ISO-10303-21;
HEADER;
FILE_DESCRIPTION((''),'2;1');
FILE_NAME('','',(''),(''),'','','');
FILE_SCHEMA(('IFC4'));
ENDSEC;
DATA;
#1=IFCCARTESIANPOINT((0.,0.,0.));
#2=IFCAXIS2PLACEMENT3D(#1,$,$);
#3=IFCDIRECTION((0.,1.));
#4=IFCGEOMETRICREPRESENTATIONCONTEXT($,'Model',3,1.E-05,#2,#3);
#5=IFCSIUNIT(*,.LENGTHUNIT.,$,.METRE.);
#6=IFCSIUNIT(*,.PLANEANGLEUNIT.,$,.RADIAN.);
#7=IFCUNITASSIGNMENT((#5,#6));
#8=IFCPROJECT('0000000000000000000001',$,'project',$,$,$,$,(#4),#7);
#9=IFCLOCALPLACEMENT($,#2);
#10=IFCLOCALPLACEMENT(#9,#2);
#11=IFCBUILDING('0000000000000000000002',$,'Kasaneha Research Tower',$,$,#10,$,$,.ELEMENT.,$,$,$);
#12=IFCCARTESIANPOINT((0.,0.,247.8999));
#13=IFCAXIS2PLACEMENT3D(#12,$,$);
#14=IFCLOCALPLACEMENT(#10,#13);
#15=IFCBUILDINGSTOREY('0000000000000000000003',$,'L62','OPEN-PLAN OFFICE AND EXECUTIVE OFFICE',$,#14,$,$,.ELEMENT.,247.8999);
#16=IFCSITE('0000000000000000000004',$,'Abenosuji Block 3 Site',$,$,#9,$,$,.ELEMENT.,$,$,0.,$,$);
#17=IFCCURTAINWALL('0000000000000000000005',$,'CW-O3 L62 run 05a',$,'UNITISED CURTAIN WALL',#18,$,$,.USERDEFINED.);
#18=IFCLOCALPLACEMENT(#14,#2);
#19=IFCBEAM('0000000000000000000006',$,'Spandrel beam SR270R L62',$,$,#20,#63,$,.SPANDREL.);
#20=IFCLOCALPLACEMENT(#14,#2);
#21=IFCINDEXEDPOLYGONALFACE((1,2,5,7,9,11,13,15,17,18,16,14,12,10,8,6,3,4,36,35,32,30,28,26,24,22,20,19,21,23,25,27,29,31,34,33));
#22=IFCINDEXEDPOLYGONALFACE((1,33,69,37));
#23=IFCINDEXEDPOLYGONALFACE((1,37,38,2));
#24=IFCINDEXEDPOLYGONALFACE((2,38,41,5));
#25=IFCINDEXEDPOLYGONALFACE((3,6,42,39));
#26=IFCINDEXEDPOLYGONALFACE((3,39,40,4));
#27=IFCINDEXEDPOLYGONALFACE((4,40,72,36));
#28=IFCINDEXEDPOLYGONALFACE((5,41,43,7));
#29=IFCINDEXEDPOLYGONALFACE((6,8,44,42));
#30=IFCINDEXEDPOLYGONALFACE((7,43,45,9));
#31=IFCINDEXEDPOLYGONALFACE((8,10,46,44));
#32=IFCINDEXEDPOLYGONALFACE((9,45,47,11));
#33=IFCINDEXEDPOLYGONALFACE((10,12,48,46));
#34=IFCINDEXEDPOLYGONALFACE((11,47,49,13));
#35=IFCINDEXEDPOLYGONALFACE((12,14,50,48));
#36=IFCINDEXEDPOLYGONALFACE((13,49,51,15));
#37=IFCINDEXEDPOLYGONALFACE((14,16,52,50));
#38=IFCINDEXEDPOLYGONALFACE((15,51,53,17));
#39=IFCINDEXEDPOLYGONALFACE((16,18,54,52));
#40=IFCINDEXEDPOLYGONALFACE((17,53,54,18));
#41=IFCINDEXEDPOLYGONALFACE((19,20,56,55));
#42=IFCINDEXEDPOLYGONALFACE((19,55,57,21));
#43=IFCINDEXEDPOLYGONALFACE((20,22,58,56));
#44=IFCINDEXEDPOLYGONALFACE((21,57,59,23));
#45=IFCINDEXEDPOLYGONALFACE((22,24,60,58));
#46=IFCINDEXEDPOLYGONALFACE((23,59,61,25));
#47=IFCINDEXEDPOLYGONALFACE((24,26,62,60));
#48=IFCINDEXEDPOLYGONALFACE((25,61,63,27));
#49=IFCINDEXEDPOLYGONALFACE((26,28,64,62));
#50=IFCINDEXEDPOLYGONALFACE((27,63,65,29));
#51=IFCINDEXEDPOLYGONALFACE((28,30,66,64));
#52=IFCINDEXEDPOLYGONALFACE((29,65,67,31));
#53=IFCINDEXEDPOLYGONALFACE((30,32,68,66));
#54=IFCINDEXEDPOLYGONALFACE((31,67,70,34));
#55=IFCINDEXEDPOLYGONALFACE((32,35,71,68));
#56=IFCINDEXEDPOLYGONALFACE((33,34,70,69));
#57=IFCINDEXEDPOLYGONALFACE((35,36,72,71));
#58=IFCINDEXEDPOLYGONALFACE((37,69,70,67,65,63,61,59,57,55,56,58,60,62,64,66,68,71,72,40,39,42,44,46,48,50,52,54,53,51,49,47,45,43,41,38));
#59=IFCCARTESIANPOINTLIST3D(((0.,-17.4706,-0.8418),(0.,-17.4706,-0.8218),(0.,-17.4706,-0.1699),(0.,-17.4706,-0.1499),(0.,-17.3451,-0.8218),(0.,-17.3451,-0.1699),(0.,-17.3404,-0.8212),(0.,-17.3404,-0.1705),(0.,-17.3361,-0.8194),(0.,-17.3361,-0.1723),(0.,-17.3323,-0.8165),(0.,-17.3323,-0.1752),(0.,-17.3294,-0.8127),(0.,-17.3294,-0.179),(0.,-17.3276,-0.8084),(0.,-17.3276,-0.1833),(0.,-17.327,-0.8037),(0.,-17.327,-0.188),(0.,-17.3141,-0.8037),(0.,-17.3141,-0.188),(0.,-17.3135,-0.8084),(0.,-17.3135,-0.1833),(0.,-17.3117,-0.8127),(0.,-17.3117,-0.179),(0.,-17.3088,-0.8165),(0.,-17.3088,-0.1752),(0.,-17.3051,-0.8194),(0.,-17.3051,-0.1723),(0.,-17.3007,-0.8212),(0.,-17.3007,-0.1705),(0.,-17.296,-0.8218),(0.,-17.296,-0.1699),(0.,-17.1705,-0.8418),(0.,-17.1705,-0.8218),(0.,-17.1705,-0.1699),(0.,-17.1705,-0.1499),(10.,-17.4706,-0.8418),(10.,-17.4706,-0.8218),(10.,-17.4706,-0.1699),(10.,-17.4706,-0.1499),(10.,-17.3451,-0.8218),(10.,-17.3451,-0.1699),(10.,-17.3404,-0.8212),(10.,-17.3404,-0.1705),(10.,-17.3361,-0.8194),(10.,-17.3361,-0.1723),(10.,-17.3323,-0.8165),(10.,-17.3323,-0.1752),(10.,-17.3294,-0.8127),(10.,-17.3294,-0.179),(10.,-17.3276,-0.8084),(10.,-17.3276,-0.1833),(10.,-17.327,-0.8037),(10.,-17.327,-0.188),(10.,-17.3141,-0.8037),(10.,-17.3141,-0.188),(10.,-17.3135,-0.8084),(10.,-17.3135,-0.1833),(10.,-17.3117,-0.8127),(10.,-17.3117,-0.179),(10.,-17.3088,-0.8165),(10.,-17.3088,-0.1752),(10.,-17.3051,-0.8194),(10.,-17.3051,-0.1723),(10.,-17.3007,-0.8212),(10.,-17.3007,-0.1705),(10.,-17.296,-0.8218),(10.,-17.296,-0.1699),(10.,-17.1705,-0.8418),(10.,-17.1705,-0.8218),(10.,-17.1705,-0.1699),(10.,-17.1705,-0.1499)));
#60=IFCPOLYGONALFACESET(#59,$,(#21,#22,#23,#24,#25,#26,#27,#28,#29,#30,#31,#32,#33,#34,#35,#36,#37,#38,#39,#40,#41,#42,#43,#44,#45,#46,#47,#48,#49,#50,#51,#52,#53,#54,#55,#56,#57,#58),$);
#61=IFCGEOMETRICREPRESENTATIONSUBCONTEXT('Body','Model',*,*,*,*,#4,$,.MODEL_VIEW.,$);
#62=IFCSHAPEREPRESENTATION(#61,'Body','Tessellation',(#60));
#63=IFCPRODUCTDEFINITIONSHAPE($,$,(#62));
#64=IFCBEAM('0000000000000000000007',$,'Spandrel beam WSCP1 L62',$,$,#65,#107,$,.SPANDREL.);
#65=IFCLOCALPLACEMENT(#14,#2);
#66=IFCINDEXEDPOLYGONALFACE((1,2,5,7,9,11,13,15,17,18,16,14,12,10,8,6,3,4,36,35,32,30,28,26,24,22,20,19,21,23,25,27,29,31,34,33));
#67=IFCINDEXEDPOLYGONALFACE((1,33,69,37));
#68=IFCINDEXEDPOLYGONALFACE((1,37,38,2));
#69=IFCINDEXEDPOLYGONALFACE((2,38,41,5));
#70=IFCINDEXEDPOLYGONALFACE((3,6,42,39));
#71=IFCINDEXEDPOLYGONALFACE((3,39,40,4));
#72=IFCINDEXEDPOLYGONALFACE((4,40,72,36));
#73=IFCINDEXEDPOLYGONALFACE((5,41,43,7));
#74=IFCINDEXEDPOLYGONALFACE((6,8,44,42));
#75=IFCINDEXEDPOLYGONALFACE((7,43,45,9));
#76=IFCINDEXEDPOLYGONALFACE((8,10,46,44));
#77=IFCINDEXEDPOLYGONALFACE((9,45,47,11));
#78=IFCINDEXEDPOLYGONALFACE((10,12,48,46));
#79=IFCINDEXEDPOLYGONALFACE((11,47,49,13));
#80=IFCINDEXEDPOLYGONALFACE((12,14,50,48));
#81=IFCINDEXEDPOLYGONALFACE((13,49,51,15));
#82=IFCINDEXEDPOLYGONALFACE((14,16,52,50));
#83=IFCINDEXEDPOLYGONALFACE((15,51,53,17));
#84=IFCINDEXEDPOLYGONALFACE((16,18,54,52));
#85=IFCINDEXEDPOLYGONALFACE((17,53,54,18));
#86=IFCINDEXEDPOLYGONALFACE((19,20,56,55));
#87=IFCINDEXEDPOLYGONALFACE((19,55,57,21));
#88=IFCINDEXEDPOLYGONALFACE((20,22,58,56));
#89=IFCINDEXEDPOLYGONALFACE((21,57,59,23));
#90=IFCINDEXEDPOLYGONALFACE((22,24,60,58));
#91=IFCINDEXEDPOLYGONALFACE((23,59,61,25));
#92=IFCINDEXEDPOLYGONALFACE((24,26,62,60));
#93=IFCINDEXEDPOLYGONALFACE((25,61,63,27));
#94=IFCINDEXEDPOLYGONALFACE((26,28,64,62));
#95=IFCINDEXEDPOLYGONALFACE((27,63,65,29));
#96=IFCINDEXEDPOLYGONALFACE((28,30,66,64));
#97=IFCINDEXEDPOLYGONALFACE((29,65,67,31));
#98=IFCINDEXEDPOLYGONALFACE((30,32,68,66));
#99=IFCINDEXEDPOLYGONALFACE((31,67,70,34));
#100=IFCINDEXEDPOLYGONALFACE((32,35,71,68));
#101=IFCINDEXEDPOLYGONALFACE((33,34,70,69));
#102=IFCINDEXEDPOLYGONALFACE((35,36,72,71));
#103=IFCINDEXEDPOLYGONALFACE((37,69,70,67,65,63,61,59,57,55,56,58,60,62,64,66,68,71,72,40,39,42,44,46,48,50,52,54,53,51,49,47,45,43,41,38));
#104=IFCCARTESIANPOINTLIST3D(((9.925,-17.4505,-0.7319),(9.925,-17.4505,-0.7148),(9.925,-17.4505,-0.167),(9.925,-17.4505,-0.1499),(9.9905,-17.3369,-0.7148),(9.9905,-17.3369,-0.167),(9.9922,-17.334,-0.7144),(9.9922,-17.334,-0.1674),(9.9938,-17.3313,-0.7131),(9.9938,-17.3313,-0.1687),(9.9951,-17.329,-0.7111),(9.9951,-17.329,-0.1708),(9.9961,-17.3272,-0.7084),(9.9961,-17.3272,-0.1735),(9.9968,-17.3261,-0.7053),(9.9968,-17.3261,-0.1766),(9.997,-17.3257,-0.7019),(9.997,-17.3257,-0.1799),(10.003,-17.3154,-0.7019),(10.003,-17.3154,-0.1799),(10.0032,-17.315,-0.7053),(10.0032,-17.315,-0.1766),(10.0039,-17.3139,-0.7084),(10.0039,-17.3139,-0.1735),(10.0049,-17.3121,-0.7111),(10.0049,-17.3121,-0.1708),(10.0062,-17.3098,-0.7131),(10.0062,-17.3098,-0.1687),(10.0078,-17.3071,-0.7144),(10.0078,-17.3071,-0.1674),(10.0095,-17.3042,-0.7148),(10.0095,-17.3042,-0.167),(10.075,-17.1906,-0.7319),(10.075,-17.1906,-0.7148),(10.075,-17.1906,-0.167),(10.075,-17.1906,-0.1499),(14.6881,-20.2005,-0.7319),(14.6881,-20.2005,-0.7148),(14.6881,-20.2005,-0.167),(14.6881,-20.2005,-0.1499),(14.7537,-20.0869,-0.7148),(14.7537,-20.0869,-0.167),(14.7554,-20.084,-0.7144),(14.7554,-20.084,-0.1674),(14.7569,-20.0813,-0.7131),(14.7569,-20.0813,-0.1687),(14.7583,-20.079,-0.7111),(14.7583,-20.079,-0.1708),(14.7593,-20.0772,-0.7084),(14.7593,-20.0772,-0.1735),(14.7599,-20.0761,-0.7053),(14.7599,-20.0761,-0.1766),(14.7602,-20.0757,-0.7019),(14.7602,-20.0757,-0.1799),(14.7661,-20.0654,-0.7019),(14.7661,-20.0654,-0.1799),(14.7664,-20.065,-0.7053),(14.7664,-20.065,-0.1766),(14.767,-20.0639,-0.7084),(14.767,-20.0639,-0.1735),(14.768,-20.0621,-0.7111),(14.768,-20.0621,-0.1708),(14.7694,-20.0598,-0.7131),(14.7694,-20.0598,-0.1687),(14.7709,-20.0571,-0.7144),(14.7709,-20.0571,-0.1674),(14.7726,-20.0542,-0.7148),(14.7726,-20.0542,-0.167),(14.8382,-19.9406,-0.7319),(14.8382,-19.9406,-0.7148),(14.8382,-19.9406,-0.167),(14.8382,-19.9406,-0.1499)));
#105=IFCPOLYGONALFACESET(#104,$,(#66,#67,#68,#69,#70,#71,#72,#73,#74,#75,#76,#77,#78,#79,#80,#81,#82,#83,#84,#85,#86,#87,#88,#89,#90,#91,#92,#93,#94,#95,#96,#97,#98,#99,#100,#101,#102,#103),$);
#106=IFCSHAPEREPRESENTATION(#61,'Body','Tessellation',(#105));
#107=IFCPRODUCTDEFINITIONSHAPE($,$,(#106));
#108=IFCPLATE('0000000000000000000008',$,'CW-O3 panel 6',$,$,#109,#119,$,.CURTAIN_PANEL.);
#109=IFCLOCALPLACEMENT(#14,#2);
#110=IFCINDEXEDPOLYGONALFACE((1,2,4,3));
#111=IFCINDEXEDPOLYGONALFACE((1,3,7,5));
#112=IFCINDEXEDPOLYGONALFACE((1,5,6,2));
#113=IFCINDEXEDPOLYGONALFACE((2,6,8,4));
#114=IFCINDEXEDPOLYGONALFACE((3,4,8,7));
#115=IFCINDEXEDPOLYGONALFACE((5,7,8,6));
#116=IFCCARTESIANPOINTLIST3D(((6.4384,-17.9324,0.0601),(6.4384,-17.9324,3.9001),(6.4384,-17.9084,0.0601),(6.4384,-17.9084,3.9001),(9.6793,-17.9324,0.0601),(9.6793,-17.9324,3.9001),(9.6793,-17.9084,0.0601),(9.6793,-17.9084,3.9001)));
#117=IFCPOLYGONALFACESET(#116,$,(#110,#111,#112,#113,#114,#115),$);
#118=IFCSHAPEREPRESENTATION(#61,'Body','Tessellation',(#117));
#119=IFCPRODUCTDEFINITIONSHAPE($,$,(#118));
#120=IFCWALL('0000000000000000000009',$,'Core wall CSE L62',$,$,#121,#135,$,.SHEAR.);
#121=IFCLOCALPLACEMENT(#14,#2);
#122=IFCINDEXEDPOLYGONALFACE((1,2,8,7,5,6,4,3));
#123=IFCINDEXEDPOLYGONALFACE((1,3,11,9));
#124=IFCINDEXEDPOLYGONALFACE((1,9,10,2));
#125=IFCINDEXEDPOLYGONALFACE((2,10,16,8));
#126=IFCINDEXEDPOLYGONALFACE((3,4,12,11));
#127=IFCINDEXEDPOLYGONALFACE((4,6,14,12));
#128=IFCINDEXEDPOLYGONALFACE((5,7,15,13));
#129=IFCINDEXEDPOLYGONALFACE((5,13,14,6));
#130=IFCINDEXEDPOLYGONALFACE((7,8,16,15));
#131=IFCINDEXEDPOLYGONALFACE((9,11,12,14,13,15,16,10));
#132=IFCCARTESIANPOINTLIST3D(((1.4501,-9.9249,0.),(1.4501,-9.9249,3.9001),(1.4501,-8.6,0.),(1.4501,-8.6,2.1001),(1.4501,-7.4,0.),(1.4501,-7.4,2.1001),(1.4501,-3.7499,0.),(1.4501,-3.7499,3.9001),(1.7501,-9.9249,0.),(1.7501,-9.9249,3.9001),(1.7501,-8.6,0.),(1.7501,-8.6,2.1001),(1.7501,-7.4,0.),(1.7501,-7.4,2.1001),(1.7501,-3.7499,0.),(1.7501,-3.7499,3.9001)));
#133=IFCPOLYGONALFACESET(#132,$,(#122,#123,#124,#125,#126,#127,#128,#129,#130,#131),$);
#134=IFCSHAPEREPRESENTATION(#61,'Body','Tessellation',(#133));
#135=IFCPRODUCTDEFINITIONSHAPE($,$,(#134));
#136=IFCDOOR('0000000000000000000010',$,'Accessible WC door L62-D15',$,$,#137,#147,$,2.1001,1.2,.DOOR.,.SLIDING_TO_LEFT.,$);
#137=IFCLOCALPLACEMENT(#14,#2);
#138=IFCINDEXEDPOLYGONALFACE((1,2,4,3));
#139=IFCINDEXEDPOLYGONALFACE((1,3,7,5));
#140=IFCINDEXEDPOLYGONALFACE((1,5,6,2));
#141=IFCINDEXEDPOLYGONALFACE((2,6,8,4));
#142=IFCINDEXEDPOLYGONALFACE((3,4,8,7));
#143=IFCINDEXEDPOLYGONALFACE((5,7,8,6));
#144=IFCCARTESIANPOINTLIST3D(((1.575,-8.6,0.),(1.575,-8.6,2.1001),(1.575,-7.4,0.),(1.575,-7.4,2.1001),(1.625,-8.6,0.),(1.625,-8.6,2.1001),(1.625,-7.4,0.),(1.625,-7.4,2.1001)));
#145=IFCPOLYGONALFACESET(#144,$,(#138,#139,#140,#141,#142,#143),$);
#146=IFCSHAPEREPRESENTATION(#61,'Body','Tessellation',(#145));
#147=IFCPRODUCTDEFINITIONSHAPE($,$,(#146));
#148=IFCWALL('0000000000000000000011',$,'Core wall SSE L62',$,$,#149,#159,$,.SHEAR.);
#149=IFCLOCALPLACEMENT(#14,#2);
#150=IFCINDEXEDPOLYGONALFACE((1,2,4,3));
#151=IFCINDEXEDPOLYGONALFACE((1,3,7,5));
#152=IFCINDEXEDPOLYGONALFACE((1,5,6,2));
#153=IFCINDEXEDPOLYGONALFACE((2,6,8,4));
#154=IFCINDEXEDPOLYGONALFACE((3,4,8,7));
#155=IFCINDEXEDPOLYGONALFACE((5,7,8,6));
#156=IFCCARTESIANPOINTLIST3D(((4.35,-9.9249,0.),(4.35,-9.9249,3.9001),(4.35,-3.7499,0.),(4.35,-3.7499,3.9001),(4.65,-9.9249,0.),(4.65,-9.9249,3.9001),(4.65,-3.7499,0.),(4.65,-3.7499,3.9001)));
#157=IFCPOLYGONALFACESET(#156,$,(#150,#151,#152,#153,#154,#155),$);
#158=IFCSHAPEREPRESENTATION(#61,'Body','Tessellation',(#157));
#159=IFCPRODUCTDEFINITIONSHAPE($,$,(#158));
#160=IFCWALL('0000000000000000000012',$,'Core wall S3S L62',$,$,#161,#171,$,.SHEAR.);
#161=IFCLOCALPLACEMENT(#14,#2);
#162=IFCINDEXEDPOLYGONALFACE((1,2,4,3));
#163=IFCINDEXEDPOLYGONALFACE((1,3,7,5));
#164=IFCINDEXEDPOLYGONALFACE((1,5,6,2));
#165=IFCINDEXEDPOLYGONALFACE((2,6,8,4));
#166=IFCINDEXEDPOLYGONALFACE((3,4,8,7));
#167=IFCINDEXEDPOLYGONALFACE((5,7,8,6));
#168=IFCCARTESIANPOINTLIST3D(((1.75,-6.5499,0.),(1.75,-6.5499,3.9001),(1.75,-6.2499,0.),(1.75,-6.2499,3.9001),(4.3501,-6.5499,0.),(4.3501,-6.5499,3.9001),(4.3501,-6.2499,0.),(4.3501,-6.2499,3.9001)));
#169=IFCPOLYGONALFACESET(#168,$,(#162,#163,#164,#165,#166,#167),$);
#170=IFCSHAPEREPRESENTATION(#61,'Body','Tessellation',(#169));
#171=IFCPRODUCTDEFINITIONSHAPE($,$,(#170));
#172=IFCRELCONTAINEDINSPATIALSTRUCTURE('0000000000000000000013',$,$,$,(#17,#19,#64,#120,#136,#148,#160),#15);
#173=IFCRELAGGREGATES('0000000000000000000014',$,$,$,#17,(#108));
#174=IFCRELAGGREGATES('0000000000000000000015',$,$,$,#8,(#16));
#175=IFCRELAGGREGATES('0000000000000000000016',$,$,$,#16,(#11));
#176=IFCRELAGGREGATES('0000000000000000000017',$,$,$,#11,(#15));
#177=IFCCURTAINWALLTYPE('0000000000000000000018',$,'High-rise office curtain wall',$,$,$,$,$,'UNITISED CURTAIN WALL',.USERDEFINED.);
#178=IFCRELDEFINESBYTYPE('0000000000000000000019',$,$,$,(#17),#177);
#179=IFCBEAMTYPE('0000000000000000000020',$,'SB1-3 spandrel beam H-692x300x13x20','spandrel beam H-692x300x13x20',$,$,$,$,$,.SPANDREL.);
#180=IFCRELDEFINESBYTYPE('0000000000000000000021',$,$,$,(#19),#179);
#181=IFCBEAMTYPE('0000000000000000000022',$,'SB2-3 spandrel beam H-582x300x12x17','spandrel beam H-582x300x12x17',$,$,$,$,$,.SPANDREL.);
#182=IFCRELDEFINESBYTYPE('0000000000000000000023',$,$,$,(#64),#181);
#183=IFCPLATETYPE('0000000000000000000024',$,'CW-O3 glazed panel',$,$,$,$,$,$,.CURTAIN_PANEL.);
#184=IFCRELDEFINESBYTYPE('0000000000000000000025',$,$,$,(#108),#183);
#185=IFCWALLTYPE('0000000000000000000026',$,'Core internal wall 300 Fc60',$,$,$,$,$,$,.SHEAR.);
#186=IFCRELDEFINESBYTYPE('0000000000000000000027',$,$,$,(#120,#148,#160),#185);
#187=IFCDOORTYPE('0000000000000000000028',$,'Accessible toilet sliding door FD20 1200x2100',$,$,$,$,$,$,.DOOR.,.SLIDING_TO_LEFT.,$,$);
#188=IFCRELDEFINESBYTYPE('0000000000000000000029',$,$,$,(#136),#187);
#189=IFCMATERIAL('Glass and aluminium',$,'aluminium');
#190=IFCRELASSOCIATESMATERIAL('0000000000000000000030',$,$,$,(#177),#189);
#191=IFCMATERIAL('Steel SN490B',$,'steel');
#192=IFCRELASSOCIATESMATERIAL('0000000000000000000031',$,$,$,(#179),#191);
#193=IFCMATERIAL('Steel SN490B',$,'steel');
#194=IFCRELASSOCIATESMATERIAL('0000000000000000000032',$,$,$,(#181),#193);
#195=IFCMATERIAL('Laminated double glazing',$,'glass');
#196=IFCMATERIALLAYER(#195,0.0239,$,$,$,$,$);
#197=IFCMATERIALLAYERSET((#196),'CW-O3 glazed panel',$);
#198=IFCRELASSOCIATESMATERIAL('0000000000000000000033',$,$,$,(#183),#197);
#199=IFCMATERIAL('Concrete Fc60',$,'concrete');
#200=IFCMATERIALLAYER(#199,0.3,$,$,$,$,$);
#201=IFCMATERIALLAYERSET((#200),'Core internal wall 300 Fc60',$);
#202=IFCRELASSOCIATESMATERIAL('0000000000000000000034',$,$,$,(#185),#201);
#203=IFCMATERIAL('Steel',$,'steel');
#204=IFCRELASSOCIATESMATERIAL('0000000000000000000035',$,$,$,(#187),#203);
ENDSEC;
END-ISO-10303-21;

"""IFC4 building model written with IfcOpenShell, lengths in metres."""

from ifc_helpers import new_model, si_unit, direction, frame, frame_2d, origin, origin_2d, place, context, subcontext, project, spatial, rectangle, i_section, extrude, material, layer, layer_set, material_profile, profile_set, type_object, element, fill, aggregate, save


model = new_model("IFC4")

# Units and contexts
model_context = context("Model", 3, precision=1e-05, world=origin(), true_north=direction((0.0, 1.0)))
body_context = subcontext(model_context, "Body", "Model", "MODEL_VIEW")
ifc_project = project(units=[si_unit("LENGTHUNIT", "METRE"), si_unit("PLANEANGLEUNIT", "RADIAN")], contexts=[model_context])

# Site, building, storey
site_placement = place(None, origin())
site = spatial("IfcSite", under=ifc_project, at=site_placement, Name="Abenosuji Block 3 Site", CompositionType="ELEMENT", RefElevation=0.0)
building_placement = place(site_placement, origin())
building = spatial("IfcBuilding", under=site, at=building_placement, Name="Kasaneha Research Tower", CompositionType="ELEMENT")
storey_placement = place(building_placement, frame((0.0, 0.0, 247.8999)))
storey = spatial("IfcBuildingStorey", under=building, at=storey_placement, Name="L62", Description="OPEN-PLAN OFFICE AND EXECUTIVE OFFICE", CompositionType="ELEMENT", Elevation=247.8999)

# Curtain wall
ifc_material_1 = material(Name="Glass and aluminium", Category="aluminium")
curtain_wall_type = type_object("IfcCurtainWallType", Name="High-rise office curtain wall", ElementType="UNITISED CURTAIN WALL", PredefinedType="USERDEFINED", material=ifc_material_1)
curtain_wall_placement = place(storey_placement, origin())
curtain_wall = element("IfcCurtainWall", 1, at=curtain_wall_placement, inside=storey, type_object=curtain_wall_type, Name="CW-O3 L62 run 05a", ObjectType="UNITISED CURTAIN WALL", PredefinedType="USERDEFINED")

# Beams
ifc_material_2 = material(Name="Steel SN490B", Category="steel")
ifc_material_profile_1 = material_profile(ifc_material_2, i_section(OverallWidth=0.3, OverallDepth=0.6919, WebThickness=0.0129, FlangeThickness=0.02, FilletRadius=0.0181, at=origin_2d()), Name="H-692x300x13x20")
ifc_profile_set_1 = profile_set([ifc_material_profile_1], Name="Steel SN490B")
beam_type_1 = type_object("IfcBeamType", Name="SB1-3 spandrel beam H-692x300x13x20", Description="spandrel beam H-692x300x13x20", PredefinedType="SPANDREL", material=ifc_profile_set_1)
beam_1_placement = place(storey_placement, frame((10.0, -17.3206, -0.4958), z_axis=(-1.0, 0.0, 0.0), x_axis=(0.0, -1.0, 0.0)))
element("IfcBeam", 2, at=beam_1_placement, inside=storey, type_object=beam_type_1, Name="Spandrel beam SR270R L62", PredefinedType="SPANDREL", context=body_context, shape_type="SweptSolid", body=[
    extrude(i_section(OverallWidth=0.3, OverallDepth=0.6919, WebThickness=0.0129, FlangeThickness=0.02, FilletRadius=0.0181, at=origin_2d()), origin(), (0.0, 0.0, 1.0), 10.0),
])
ifc_material_3 = material(Name="Steel SN490B", Category="steel")
ifc_material_profile_2 = material_profile(ifc_material_3, i_section(OverallWidth=0.3, OverallDepth=0.582, WebThickness=0.012, FlangeThickness=0.0171, FilletRadius=0.0129, at=origin_2d()), Name="H-582x300x12x17")
ifc_profile_set_2 = profile_set([ifc_material_profile_2], Name="Steel SN490B")
beam_type_2 = type_object("IfcBeamType", Name="SB2-3 spandrel beam H-582x300x12x17", Description="spandrel beam H-582x300x12x17", PredefinedType="SPANDREL", material=ifc_profile_set_2)
beam_2_placement = place(storey_placement, frame((10.0, -17.3206, -0.4409), z_axis=(0.866027, -0.499997, 0.0), x_axis=(0.499997, 0.866027, 0.0)))
element("IfcBeam", 3, at=beam_2_placement, inside=storey, type_object=beam_type_2, Name="Spandrel beam WSCP1 L62", PredefinedType="SPANDREL", context=body_context, shape_type="SweptSolid", body=[
    extrude(i_section(OverallWidth=0.3, OverallDepth=0.582, WebThickness=0.012, FlangeThickness=0.0171, FilletRadius=0.0129, at=origin_2d()), origin(), (0.0, 0.0, 1.0), 5.5),
])

# Plate
ifc_material_4 = material(Name="Laminated double glazing", Category="glass")
ifc_layer_1 = layer(ifc_material_4, 0.0239)
ifc_layer_set_1 = layer_set([ifc_layer_1], Name="CW-O3 glazed panel")
plate_type = type_object("IfcPlateType", Name="CW-O3 glazed panel", PredefinedType="CURTAIN_PANEL", material=ifc_layer_set_1)
plate_placement = place(storey_placement, frame((8.0588, -17.9204, 0.0601), z_axis=(0.0, 0.0, 1.0), x_axis=(1.0, 0.0, 0.0)))
plate = element("IfcPlate", 4, at=plate_placement, type_object=plate_type, Name="CW-O3 panel 6", PredefinedType="CURTAIN_PANEL", context=body_context, shape_type="SweptSolid", body=[
    extrude(rectangle(XDim=3.241, YDim=0.0239, at=origin_2d()), origin(), (0.0, 0.0, 1.0), 3.8401),
])
aggregate(curtain_wall, [plate])

# Wall, opening, door
ifc_material_5 = material(Name="Concrete Fc60", Category="concrete")
ifc_layer_2 = layer(ifc_material_5, 0.3)
ifc_layer_set_2 = layer_set([ifc_layer_2], Name="Core internal wall 300 Fc60")
wall_type_1 = type_object("IfcWallType", Name="Core internal wall 300 Fc60", PredefinedType="SHEAR", material=ifc_layer_set_2)
wall_1_placement = place(storey_placement, frame((1.6001, -3.75, 0.0), z_axis=(0.0, 0.0, 1.0), x_axis=(0.0, -1.0, 0.0)))
wall_1 = element("IfcWall", 5, at=wall_1_placement, inside=storey, type_object=wall_type_1, Name="Core wall CSE L62", PredefinedType="SHEAR", context=body_context, shape_type="SweptSolid", body=[
    extrude(rectangle(XDim=6.175, YDim=0.3, at=frame_2d((3.0874, 0.0))), origin(), (0.0, 0.0, 1.0), 3.9001),
])
opening_1_placement = place(wall_1_placement, frame((3.6499, 0.0, 0.0)))
opening_1 = element("IfcOpeningElement", 6, at=opening_1_placement, cuts=wall_1, PredefinedType="OPENING", context=body_context, shape_type="SweptSolid", body=[
    extrude(rectangle(XDim=1.2, YDim=2.1001, at=frame_2d((0.6001, 1.05))), frame((0.0, 0.1602, 0.0), z_axis=(0.0, -1.0, 0.0), x_axis=(1.0, 0.0, 0.0)), (0.0, 0.0, 1.0), 0.3201),
])
ifc_material_6 = material(Name="Steel", Category="steel")
door_type_1 = type_object("IfcDoorType", Name="Accessible toilet sliding door FD20 1200x2100", OperationType="SLIDING_TO_LEFT", PredefinedType="DOOR", material=ifc_material_6)
door_1_placement = place(opening_1_placement, origin())
door_1 = element("IfcDoor", 7, at=door_1_placement, inside=storey, type_object=door_type_1, Name="Accessible WC door L62-D15", OperationType="SLIDING_TO_LEFT", OverallHeight=2.1001, OverallWidth=1.2, PredefinedType="DOOR", context=body_context, shape_type="SweptSolid", body=[
    extrude(rectangle(XDim=1.2, YDim=2.1001, at=frame_2d((0.6001, 1.05))), frame((0.0, 0.0249, 0.0), z_axis=(0.0, -1.0, 0.0), x_axis=(1.0, 0.0, 0.0)), (0.0, 0.0, 1.0), 0.05),
])
fill(opening_1, door_1)

# Walls
wall_2_placement = place(storey_placement, frame((4.5, -3.75, 0.0), z_axis=(0.0, 0.0, 1.0), x_axis=(0.0, -1.0, 0.0)))
element("IfcWall", 8, at=wall_2_placement, inside=storey, type_object=wall_type_1, Name="Core wall SSE L62", PredefinedType="SHEAR", context=body_context, shape_type="SweptSolid", body=[
    extrude(rectangle(XDim=6.175, YDim=0.3, at=frame_2d((3.0874, 0.0))), origin(), (0.0, 0.0, 1.0), 3.9001),
])
wall_3_placement = place(storey_placement, frame((1.75, -6.3999, 0.0), z_axis=(0.0, 0.0, 1.0), x_axis=(1.0, 0.0, 0.0)))
element("IfcWall", 9, at=wall_3_placement, inside=storey, type_object=wall_type_1, Name="Core wall S3S L62", PredefinedType="SHEAR", context=body_context, shape_type="SweptSolid", body=[
    extrude(rectangle(XDim=2.6001, YDim=0.3, at=frame_2d((1.3, 0.0))), origin(), (0.0, 0.0, 1.0), 3.9001),
])

save(model, "model.ifc")
